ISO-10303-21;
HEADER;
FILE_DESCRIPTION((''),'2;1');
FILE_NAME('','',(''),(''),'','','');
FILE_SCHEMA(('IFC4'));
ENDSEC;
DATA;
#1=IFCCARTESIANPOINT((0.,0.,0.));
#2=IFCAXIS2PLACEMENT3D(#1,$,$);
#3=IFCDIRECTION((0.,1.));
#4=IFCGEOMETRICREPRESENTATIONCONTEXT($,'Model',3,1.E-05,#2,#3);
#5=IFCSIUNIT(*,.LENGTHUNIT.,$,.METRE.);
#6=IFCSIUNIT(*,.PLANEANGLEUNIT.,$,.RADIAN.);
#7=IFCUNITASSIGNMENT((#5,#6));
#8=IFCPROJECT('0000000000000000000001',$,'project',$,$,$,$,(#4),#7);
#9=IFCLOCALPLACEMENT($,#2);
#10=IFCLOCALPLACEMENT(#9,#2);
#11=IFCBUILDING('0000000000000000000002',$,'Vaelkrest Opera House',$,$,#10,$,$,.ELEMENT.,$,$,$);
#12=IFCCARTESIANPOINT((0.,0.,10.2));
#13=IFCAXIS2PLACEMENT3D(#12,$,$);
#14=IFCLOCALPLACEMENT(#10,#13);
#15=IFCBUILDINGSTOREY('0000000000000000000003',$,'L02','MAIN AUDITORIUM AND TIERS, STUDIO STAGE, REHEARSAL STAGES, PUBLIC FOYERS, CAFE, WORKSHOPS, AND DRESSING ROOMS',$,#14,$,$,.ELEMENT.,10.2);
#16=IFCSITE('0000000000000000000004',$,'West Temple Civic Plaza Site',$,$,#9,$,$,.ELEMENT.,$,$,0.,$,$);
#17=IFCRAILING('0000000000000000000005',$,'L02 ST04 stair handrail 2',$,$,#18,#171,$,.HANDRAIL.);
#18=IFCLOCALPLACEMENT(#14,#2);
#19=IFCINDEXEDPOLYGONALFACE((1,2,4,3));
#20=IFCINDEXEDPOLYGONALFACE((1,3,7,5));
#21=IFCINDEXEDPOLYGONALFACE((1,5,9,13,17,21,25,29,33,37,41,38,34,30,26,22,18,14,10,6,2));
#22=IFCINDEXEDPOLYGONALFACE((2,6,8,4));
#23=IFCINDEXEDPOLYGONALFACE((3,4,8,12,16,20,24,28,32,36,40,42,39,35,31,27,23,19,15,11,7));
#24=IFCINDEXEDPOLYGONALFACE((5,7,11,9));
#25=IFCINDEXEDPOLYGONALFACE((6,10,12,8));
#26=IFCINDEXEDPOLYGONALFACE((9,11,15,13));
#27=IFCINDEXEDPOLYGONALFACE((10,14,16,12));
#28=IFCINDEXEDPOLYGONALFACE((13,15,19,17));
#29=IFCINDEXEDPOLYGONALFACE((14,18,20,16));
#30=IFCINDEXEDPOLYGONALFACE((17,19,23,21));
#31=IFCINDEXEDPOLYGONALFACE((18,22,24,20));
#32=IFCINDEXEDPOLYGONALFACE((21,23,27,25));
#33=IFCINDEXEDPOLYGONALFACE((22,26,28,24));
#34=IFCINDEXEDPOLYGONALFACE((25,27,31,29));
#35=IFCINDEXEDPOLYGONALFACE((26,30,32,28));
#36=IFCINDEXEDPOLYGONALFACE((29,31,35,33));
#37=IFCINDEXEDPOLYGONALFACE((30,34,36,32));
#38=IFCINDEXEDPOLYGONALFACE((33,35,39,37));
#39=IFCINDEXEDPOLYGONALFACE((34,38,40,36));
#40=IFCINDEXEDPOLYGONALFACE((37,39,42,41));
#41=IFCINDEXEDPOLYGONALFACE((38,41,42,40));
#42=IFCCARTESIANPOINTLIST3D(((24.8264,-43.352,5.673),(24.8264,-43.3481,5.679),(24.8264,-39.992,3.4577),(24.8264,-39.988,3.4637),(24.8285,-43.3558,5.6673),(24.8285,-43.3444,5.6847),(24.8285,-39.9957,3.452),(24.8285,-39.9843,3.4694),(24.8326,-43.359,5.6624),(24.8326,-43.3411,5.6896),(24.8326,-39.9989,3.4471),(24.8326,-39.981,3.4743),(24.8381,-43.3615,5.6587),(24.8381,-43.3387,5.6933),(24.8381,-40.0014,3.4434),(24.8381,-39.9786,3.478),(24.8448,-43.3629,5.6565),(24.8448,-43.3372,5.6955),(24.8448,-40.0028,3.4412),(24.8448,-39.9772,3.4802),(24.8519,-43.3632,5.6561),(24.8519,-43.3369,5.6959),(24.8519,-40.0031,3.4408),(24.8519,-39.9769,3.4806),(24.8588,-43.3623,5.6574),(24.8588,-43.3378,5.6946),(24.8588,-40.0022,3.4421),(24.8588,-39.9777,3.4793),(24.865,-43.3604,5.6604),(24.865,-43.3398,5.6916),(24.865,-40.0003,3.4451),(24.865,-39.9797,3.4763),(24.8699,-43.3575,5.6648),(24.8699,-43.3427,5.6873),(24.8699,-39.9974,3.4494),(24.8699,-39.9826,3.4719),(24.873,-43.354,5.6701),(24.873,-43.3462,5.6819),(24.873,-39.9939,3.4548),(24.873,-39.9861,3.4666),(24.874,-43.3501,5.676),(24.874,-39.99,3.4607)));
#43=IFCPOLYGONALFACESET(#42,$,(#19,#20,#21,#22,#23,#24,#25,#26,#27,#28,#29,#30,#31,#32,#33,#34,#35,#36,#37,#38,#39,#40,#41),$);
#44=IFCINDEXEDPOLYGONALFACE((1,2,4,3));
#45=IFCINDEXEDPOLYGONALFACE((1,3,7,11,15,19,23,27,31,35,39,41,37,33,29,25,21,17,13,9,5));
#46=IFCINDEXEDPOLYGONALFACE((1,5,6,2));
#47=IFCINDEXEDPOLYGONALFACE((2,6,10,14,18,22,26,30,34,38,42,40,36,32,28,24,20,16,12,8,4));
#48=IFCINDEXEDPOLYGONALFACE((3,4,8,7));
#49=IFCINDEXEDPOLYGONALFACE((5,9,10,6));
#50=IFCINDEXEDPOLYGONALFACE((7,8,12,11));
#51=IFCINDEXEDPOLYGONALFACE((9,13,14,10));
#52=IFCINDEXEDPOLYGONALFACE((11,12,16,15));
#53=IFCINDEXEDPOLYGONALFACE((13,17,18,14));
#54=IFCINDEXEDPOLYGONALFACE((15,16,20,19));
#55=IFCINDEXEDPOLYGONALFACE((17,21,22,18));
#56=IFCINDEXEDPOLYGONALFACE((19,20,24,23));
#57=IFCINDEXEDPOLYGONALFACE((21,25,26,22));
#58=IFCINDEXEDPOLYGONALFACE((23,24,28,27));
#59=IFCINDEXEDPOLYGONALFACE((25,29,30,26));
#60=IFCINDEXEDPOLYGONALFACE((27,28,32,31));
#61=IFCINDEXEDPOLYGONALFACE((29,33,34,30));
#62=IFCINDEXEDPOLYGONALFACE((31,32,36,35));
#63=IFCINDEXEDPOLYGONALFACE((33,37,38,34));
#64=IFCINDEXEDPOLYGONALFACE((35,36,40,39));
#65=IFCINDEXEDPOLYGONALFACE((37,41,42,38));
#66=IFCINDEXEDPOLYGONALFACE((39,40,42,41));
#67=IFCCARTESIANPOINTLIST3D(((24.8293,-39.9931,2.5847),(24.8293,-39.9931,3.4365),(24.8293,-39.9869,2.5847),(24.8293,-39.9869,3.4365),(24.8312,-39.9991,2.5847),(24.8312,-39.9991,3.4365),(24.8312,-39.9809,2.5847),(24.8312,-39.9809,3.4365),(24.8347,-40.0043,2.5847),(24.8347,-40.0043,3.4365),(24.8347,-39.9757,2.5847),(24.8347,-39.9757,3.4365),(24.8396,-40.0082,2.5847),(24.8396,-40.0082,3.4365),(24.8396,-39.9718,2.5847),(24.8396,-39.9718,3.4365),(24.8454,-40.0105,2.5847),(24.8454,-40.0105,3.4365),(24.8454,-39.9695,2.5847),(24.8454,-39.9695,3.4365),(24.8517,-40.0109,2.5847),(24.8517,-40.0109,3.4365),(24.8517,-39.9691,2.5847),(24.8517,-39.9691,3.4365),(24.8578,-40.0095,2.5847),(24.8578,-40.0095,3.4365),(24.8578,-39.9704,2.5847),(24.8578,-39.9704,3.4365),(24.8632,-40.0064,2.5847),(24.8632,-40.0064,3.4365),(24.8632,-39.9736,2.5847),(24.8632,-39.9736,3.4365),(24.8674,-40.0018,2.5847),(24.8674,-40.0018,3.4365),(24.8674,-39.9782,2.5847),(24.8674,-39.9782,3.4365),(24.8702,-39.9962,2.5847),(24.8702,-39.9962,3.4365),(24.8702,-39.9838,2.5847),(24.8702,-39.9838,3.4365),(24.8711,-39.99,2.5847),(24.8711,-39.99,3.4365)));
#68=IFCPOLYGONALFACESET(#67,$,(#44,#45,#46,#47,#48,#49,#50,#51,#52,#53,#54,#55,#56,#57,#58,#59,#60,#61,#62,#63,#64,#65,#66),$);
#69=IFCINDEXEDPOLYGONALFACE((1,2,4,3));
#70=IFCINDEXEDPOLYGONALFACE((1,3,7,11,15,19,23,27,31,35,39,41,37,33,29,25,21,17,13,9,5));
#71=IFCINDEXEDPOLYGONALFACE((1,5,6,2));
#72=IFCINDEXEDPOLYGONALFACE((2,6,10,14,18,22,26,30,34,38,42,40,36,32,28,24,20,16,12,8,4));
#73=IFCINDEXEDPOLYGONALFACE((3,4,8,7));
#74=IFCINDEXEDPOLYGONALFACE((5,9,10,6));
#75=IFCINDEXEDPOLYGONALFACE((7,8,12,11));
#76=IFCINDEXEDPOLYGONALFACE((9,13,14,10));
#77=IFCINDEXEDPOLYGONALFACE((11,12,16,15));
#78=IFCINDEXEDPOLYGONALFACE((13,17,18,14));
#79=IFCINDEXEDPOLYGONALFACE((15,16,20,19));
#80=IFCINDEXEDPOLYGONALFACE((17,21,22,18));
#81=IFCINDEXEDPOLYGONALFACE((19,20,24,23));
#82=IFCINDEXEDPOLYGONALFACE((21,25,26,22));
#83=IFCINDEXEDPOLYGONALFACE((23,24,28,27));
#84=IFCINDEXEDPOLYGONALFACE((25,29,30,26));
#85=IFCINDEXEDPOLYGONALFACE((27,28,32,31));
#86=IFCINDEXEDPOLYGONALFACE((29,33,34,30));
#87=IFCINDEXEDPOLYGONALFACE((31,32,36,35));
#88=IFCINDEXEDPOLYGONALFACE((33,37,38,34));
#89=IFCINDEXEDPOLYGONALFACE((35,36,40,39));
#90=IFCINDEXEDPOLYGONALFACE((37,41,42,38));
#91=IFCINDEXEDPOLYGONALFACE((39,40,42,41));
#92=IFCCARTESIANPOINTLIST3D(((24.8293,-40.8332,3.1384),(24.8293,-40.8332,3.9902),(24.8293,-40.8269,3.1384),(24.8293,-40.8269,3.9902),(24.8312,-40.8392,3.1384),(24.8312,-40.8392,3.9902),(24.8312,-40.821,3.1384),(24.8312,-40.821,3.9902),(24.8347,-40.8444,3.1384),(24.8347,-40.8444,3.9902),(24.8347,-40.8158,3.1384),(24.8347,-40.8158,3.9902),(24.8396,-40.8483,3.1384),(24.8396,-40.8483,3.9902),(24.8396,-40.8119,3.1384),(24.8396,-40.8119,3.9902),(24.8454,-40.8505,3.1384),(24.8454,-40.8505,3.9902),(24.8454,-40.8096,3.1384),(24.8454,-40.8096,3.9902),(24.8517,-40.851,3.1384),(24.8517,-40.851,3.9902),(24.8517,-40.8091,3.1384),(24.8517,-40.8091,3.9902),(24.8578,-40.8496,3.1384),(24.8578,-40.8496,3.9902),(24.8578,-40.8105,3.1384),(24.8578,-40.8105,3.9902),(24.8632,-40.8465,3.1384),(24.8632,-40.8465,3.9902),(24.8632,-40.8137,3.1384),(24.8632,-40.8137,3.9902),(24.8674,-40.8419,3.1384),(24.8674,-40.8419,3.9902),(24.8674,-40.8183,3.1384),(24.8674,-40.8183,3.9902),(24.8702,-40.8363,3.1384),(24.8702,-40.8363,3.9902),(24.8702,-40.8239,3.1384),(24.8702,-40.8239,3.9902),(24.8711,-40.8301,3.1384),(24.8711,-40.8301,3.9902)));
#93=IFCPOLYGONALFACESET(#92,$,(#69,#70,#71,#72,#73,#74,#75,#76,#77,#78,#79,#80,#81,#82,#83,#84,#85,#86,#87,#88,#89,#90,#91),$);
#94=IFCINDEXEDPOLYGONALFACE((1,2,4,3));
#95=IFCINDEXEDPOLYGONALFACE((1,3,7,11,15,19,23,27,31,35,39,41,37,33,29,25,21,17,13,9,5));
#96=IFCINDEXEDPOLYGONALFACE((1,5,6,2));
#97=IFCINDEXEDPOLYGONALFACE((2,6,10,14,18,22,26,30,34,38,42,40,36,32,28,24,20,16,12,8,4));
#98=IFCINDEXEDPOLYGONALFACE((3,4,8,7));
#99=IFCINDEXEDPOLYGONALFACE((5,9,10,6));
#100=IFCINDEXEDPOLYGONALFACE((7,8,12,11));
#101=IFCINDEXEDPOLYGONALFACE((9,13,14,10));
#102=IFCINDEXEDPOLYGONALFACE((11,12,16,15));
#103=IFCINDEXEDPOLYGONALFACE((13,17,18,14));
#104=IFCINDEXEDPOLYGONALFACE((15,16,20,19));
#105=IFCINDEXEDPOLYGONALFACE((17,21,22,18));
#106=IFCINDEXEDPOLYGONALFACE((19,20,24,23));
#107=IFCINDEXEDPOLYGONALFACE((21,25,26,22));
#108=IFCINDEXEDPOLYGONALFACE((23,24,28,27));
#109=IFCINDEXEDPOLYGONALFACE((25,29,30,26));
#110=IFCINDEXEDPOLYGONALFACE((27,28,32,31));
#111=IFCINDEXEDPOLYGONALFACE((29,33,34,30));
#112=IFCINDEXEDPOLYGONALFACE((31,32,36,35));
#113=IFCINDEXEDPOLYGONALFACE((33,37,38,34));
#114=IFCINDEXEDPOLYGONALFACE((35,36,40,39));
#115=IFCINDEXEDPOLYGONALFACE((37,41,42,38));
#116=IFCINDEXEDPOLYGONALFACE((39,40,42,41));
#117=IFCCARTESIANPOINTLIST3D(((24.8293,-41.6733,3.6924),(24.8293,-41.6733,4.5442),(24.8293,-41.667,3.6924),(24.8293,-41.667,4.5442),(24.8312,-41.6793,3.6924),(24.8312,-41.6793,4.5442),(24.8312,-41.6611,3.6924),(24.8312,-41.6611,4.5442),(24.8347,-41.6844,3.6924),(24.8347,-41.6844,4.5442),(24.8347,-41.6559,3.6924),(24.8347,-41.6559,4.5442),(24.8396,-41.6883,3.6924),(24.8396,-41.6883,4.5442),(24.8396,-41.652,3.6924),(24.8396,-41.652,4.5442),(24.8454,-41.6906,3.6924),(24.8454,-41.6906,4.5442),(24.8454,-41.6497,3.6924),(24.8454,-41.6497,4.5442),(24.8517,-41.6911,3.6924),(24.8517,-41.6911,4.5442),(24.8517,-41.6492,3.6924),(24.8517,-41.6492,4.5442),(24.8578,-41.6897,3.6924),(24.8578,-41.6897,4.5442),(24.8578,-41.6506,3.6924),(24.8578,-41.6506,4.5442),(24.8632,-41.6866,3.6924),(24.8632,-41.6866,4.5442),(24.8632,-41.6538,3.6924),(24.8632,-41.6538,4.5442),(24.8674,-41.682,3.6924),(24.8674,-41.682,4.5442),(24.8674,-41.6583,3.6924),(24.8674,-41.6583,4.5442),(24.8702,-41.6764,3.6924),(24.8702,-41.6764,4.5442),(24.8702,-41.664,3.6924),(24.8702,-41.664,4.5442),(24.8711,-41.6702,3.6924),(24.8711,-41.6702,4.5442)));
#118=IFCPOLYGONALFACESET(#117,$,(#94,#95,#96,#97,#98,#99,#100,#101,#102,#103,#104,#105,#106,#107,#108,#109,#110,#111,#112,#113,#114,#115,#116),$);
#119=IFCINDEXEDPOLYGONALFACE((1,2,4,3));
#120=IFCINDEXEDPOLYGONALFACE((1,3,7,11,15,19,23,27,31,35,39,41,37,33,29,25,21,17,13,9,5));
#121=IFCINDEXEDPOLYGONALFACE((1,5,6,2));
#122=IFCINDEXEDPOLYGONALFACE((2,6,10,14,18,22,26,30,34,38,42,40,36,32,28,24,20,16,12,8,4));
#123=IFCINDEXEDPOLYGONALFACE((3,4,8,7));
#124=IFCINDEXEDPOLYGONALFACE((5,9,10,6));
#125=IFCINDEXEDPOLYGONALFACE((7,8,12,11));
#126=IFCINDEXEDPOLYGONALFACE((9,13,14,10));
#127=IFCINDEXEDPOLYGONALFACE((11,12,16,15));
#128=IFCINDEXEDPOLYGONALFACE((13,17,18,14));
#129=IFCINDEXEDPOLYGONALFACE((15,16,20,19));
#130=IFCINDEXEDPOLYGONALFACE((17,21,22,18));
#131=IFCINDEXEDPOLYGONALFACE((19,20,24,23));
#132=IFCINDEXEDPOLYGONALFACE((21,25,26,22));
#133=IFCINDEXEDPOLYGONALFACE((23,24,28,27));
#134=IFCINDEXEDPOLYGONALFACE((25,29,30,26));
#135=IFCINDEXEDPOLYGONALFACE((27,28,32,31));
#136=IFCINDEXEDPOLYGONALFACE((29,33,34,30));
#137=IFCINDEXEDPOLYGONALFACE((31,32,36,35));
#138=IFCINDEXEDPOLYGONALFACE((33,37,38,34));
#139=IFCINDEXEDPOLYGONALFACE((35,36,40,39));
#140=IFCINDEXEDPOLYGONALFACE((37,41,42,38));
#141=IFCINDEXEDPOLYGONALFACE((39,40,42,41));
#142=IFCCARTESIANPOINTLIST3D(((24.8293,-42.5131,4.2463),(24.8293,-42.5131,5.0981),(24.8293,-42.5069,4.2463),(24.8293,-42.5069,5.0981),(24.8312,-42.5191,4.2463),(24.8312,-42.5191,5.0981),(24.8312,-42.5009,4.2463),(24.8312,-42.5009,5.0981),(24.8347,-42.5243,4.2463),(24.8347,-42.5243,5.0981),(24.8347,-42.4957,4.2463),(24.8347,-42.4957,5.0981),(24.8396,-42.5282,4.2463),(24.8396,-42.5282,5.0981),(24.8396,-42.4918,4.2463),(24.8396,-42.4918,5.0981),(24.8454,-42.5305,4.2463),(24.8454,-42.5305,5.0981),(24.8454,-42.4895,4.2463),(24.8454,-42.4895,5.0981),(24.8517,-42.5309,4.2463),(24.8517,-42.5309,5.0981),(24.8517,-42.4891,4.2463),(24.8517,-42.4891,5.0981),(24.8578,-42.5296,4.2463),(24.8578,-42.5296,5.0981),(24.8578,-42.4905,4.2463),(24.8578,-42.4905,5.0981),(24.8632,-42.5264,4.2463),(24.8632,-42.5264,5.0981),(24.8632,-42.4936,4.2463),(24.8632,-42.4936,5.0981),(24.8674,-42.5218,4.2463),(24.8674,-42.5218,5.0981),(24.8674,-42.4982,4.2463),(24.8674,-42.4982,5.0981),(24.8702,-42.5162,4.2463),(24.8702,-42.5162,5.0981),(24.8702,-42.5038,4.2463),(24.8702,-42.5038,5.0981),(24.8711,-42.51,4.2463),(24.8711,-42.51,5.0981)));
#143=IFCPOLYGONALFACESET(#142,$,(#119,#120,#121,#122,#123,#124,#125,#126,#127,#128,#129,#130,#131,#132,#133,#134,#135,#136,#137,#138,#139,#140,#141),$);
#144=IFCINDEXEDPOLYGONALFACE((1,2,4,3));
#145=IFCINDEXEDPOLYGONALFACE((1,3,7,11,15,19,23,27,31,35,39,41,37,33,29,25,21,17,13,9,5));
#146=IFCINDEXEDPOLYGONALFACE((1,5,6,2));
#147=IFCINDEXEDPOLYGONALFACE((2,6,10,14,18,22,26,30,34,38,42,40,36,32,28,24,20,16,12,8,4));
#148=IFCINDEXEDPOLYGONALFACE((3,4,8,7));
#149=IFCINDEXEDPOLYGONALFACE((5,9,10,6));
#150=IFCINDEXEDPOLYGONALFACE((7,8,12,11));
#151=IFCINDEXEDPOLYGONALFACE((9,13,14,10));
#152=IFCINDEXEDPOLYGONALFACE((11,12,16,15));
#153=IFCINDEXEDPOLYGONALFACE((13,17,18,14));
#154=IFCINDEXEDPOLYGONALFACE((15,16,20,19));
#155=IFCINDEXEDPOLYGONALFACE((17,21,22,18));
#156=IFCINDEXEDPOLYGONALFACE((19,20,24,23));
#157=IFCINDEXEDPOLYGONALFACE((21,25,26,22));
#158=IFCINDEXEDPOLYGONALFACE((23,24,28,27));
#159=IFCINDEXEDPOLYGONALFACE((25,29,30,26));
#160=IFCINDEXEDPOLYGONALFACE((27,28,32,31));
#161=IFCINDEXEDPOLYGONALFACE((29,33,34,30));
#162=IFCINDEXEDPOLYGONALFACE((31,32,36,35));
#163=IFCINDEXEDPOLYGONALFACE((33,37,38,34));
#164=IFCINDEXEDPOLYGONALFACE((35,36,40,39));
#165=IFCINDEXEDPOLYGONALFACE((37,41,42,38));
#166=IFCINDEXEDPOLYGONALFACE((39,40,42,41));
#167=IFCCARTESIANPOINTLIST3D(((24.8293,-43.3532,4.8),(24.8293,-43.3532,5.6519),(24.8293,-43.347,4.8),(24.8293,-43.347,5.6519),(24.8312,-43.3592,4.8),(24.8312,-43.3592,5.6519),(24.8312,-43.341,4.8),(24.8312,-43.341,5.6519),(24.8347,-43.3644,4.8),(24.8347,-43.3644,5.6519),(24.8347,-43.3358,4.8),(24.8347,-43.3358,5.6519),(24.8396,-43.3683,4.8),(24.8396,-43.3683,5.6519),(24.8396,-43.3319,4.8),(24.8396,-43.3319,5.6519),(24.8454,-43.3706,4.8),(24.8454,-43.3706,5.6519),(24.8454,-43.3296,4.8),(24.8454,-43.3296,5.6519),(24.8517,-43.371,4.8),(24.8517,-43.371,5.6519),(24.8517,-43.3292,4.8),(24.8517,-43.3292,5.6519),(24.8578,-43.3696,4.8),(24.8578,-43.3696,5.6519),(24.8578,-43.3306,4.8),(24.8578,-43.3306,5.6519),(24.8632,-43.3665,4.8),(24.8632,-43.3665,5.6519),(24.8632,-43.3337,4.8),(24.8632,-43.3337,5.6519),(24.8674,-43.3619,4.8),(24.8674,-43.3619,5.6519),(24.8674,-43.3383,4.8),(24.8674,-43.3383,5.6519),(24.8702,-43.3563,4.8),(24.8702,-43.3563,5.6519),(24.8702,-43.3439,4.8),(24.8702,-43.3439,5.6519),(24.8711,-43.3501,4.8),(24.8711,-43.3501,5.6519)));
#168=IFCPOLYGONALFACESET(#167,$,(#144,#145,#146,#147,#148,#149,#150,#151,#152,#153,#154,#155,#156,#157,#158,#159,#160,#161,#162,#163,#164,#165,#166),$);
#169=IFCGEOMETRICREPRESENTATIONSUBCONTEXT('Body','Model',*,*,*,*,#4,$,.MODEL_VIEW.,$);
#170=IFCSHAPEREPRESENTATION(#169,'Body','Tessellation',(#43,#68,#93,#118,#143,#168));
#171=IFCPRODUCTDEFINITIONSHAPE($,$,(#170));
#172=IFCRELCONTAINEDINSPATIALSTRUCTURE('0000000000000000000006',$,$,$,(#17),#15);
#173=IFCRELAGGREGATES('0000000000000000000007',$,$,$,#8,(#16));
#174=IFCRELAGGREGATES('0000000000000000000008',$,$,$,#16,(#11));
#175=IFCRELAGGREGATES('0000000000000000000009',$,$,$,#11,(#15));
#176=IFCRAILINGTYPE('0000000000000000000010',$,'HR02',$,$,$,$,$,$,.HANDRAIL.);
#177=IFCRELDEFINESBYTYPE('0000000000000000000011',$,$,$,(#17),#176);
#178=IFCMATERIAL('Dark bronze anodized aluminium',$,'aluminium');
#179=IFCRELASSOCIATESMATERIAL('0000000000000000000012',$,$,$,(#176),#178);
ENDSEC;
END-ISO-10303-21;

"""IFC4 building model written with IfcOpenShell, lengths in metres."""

from ifc_helpers import new_model, si_unit, direction, frame, origin, origin_2d, place, context, subcontext, project, spatial, circle, extrude, material, type_object, element, save


model = new_model("IFC4")

# Units and contexts
model_context = context("Model", 3, precision=1e-05, world=origin(), true_north=direction((0.0, 1.0)))
body_context = subcontext(model_context, "Body", "Model", "MODEL_VIEW")
ifc_project = project(units=[si_unit("LENGTHUNIT", "METRE"), si_unit("PLANEANGLEUNIT", "RADIAN")], contexts=[model_context])

# Site, building, storey
site_placement = place(None, origin())
site = spatial("IfcSite", under=ifc_project, at=site_placement, Name="West Temple Civic Plaza Site", CompositionType="ELEMENT", RefElevation=0.0)
building_placement = place(site_placement, origin())
building = spatial("IfcBuilding", under=site, at=building_placement, Name="Vaelkrest Opera House", CompositionType="ELEMENT")
storey_placement = place(building_placement, frame((0.0, 0.0, 10.2)))
storey = spatial("IfcBuildingStorey", under=building, at=storey_placement, Name="L02", Description="MAIN AUDITORIUM AND TIERS, STUDIO STAGE, REHEARSAL STAGES, PUBLIC FOYERS, CAFE, WORKSHOPS, AND DRESSING ROOMS", CompositionType="ELEMENT", Elevation=10.2)

# Railing
ifc_material_1 = material(Name="Dark bronze anodized aluminium", Category="aluminium")
railing_type_1 = type_object("IfcRailingType", Name="HR02", PredefinedType="HANDRAIL", material=ifc_material_1)
railing_1_placement = place(storey_placement, frame((24.8501, -39.99, 2.5847)))
element("IfcRailing", 1, at=railing_1_placement, inside=storey, type_object=railing_type_1, Name="L02 ST04 stair handrail 2", PredefinedType="HANDRAIL", context=body_context, shape_type="SweptSolid", body=[
    extrude(circle(Radius=0.0239, at=origin_2d()), frame((0.0, 0.0, 0.876), z_axis=(0.0, -0.834876, 0.550437), x_axis=(1.0, 0.0, 0.0)), (0.0, 0.0, 1.0), 4.0247),
    extrude(circle(Radius=0.021, at=origin_2d()), origin(), (0.0, 0.0, 1.0), 0.8518),
    extrude(circle(Radius=0.021, at=origin_2d()), frame((0.0, -0.8401, 0.5537)), (0.0, 0.0, 1.0), 0.8518),
    extrude(circle(Radius=0.021, at=origin_2d()), frame((0.0, -1.6802, 1.1077)), (0.0, 0.0, 1.0), 0.8518),
    extrude(circle(Radius=0.021, at=origin_2d()), frame((0.0, -2.52, 1.6616)), (0.0, 0.0, 1.0), 0.8518),
    extrude(circle(Radius=0.021, at=origin_2d()), frame((0.0, -3.3601, 2.2153)), (0.0, 0.0, 1.0), 0.8518),
])

save(model, "model.ifc")
